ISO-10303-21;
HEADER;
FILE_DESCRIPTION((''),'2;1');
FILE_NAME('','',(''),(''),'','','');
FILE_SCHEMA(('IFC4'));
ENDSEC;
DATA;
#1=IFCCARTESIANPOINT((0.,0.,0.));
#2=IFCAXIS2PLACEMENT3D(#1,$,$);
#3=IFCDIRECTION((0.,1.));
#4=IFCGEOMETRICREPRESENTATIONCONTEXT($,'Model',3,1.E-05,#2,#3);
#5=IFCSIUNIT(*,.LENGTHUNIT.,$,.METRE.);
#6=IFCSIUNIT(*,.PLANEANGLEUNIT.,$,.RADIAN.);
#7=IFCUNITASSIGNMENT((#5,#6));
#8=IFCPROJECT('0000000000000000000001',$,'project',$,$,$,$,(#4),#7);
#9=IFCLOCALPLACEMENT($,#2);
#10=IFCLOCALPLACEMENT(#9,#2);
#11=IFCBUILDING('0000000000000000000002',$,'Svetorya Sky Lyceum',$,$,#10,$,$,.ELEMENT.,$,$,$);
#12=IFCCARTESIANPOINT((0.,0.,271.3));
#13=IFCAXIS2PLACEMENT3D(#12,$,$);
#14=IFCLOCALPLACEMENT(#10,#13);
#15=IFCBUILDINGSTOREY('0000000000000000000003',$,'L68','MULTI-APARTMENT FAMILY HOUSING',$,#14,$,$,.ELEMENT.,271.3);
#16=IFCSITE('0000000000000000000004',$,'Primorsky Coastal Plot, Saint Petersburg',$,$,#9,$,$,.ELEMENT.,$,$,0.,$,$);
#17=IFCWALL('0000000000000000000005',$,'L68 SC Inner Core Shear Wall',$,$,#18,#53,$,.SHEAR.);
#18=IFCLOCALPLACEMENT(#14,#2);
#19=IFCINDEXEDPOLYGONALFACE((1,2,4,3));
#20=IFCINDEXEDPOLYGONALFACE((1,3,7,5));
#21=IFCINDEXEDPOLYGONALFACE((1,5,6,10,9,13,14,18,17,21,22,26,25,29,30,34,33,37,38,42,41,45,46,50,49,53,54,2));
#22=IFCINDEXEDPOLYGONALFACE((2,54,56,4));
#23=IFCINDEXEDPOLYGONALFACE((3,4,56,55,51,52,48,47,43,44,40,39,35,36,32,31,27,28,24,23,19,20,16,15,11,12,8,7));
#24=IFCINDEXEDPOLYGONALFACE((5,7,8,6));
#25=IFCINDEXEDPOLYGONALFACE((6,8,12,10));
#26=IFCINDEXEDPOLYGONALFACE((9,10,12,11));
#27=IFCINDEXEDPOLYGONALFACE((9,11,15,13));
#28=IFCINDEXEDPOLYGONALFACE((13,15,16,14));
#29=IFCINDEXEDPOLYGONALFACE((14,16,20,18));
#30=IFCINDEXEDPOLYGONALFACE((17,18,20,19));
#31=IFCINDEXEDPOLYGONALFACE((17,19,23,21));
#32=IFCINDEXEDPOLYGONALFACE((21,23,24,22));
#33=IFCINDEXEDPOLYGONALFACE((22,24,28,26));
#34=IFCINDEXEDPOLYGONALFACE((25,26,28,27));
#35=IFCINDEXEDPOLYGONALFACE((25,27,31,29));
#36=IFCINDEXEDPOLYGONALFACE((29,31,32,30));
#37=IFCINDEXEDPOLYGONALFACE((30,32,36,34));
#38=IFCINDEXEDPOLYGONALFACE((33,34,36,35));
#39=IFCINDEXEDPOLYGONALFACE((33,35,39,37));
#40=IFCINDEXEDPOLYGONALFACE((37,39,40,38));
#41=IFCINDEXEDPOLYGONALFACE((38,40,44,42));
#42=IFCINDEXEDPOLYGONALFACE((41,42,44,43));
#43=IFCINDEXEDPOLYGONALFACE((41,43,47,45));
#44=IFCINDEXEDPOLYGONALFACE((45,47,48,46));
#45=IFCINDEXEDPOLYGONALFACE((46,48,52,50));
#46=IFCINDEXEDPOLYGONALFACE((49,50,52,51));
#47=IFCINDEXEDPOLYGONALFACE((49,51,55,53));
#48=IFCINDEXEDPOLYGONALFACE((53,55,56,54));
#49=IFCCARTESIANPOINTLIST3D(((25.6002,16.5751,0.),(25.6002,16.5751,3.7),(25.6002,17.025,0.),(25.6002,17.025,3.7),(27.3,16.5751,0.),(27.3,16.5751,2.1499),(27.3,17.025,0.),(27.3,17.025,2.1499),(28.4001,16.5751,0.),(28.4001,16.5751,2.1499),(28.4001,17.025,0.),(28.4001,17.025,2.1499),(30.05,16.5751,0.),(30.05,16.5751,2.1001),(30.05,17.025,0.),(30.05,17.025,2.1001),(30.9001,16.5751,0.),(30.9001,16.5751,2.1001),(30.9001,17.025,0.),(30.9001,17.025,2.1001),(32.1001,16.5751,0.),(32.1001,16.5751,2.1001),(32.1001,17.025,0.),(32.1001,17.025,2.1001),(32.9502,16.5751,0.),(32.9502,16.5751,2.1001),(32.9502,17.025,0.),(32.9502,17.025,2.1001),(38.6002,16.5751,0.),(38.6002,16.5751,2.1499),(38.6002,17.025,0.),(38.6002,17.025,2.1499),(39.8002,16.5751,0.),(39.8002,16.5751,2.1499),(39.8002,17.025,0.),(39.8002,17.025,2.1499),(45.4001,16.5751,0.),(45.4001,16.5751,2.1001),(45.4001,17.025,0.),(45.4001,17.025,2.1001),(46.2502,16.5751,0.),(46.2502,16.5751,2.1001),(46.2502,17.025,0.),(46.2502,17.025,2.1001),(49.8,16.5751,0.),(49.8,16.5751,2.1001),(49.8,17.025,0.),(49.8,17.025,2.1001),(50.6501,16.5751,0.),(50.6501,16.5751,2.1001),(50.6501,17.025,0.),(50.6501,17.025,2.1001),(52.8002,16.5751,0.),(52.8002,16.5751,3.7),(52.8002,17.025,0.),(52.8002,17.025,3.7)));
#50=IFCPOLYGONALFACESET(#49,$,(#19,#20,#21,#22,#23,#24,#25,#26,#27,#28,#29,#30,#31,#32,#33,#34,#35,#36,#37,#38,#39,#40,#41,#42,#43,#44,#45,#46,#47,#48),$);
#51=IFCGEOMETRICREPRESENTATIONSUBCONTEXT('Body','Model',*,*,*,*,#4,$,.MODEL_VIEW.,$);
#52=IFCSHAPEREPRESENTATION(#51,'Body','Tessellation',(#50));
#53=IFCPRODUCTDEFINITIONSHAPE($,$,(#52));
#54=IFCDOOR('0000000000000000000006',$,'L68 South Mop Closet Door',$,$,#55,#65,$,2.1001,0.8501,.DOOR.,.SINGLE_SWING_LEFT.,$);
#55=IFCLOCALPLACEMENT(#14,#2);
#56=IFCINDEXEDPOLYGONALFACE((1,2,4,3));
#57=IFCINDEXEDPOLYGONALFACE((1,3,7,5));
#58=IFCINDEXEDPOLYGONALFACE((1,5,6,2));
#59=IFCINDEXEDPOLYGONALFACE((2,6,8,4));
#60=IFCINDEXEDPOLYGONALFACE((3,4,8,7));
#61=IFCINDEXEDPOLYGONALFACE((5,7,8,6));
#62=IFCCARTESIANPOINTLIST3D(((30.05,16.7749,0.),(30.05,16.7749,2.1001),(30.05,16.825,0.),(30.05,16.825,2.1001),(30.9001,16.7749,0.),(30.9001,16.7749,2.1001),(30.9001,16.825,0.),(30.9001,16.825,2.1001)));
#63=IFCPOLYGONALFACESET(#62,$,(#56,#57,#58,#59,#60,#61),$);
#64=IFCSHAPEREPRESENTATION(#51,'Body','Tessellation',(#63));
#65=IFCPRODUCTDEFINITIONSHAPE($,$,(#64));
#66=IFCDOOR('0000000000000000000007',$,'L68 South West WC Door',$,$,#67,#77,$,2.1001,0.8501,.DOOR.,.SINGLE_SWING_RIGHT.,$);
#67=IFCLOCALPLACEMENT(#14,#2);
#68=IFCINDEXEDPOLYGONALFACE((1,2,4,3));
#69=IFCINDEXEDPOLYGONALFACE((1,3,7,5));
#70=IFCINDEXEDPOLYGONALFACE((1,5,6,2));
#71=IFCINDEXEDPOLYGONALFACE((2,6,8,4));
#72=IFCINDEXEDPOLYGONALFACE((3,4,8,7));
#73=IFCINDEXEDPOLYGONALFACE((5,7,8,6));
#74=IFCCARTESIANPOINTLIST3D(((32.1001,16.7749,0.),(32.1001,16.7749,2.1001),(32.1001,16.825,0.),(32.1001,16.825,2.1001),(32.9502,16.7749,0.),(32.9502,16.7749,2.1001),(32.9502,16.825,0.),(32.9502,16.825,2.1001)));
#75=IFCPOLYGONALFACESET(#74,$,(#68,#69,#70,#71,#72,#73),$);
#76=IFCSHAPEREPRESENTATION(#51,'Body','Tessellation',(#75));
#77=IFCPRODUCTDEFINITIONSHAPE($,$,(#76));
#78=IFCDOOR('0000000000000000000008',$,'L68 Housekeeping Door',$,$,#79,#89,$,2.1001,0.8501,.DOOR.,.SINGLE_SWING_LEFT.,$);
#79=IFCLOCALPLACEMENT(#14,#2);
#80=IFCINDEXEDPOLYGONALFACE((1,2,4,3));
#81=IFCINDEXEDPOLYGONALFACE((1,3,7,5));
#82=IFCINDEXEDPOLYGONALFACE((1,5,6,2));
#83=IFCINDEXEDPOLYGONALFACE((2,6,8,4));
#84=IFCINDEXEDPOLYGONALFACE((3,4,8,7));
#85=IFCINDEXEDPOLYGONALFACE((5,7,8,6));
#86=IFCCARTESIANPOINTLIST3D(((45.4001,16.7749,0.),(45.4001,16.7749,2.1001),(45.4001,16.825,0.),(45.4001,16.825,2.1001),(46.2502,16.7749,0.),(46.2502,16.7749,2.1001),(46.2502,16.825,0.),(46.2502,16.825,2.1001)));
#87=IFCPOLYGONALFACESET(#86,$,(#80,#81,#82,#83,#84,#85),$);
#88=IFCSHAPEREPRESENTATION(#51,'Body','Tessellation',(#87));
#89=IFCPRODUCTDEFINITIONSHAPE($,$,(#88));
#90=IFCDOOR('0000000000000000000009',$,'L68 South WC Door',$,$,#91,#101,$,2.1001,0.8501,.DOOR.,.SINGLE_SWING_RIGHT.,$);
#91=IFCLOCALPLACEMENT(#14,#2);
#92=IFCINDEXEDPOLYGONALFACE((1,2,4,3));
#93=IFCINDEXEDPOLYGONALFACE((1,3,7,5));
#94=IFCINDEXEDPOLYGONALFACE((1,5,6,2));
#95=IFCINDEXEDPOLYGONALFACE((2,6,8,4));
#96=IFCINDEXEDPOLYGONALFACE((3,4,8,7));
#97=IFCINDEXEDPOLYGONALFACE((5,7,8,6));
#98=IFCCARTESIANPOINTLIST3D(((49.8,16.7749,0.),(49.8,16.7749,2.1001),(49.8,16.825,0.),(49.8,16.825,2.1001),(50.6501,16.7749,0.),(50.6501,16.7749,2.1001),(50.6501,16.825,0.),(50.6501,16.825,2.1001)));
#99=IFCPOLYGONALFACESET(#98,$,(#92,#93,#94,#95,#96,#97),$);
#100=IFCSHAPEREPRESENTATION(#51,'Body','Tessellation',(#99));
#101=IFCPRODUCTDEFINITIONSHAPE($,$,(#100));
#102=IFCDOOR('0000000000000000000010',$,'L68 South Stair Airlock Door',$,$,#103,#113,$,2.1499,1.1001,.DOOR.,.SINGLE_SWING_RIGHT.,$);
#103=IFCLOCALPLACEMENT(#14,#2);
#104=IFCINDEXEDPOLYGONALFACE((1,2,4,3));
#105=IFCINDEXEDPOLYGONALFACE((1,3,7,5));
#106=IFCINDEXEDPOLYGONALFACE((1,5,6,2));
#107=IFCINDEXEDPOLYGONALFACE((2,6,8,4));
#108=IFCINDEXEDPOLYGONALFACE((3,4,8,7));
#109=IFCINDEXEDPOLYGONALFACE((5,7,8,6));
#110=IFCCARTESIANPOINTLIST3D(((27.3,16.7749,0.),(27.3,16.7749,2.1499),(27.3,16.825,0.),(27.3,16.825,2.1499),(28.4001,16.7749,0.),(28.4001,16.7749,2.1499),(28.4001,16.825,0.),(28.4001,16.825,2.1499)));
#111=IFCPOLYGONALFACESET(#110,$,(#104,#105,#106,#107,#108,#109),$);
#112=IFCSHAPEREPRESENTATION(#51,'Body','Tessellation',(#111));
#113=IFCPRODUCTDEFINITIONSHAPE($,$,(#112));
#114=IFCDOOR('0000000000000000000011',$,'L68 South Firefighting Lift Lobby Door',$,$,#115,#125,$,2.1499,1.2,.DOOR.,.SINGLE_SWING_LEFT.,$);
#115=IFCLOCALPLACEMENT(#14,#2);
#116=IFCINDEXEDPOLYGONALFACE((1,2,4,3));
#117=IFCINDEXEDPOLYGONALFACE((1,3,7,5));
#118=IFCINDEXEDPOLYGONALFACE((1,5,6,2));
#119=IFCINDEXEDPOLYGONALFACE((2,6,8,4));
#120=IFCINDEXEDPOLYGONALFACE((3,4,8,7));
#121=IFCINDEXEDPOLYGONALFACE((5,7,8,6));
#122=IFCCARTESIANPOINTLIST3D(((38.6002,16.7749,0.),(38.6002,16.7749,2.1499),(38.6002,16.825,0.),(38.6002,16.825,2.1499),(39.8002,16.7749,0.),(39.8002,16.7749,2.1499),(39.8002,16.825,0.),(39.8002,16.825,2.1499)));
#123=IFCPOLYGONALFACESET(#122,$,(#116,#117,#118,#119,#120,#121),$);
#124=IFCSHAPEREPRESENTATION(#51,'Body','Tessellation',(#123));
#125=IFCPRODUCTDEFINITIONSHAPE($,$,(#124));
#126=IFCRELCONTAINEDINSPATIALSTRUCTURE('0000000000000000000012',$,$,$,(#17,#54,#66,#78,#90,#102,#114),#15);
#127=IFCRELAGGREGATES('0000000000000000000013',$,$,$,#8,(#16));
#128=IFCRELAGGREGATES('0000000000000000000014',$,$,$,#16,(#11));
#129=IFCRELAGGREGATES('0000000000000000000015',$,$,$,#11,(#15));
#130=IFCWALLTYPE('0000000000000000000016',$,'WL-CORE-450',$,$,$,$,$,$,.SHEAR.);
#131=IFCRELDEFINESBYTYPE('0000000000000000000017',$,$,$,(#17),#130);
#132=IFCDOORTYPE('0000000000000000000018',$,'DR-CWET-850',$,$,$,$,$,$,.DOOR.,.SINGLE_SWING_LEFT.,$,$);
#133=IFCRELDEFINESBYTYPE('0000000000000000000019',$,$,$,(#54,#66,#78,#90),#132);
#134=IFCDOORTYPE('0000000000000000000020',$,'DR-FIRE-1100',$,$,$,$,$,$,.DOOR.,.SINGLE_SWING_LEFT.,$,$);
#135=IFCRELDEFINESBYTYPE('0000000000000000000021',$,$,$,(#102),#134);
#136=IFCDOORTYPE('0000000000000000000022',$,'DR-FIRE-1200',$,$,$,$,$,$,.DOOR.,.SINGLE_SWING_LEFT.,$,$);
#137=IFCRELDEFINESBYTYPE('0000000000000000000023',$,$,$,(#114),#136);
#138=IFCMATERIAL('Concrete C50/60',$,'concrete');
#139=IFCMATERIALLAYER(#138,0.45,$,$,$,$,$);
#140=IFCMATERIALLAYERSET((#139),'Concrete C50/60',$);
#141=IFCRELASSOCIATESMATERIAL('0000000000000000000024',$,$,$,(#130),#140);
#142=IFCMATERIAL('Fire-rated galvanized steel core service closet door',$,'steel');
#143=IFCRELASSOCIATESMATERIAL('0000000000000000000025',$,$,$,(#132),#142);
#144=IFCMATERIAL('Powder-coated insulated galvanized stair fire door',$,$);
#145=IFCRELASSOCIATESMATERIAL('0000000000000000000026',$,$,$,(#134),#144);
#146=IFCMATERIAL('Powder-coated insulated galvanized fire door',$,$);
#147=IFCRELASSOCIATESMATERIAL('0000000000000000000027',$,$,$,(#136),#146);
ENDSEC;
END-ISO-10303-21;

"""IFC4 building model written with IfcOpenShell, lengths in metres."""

from ifc_helpers import new_model, si_unit, direction, frame, frame_2d, origin, place, context, subcontext, project, spatial, rectangle, extrude, material, layer, layer_set, type_object, element, fill, save


model = new_model("IFC4")

# Units and contexts
model_context = context("Model", 3, precision=1e-05, world=origin(), true_north=direction((0.0, 1.0)))
body_context = subcontext(model_context, "Body", "Model", "MODEL_VIEW")
ifc_project = project(units=[si_unit("LENGTHUNIT", "METRE"), si_unit("PLANEANGLEUNIT", "RADIAN")], contexts=[model_context])

# Site, building, storey
site_placement = place(None, origin())
site = spatial("IfcSite", under=ifc_project, at=site_placement, Name="Primorsky Coastal Plot, Saint Petersburg", CompositionType="ELEMENT", RefElevation=0.0)
building_placement = place(site_placement, origin())
building = spatial("IfcBuilding", under=site, at=building_placement, Name="Svetorya Sky Lyceum", CompositionType="ELEMENT")
storey_placement = place(building_placement, frame((0.0, 0.0, 271.3)))
storey = spatial("IfcBuildingStorey", under=building, at=storey_placement, Name="L68", Description="MULTI-APARTMENT FAMILY HOUSING", CompositionType="ELEMENT", Elevation=271.3)

# Wall, openings, doors
ifc_material_1 = material(Name="Concrete C50/60", Category="concrete")
ifc_layer_1 = layer(ifc_material_1, 0.45)
ifc_layer_set_1 = layer_set([ifc_layer_1], Name="Concrete C50/60")
wall_type_1 = type_object("IfcWallType", Name="WL-CORE-450", PredefinedType="SHEAR", material=ifc_layer_set_1)
wall_1_placement = place(storey_placement, frame((25.6001, 16.8, 0.0), z_axis=(0.0, 0.0, 1.0), x_axis=(1.0, 0.0, 0.0)))
wall_1 = element("IfcWall", 1, at=wall_1_placement, inside=storey, type_object=wall_type_1, Name="L68 SC Inner Core Shear Wall", PredefinedType="SHEAR", context=body_context, shape_type="SweptSolid", body=[
    extrude(rectangle(XDim=27.2, YDim=0.45, at=frame_2d((13.6001, 0.0))), origin(), (0.0, 0.0, 1.0), 3.7),
])
opening_1_placement = place(wall_1_placement, frame((1.7, 0.0, 0.0)))
opening_1 = element("IfcOpeningElement", 2, at=opening_1_placement, cuts=wall_1, PredefinedType="OPENING", context=body_context, shape_type="SweptSolid", body=[
    extrude(rectangle(XDim=1.1001, YDim=2.1499, at=frame_2d((0.55, 1.075))), frame((0.0, 0.2349, 0.0), z_axis=(0.0, -1.0, 0.0), x_axis=(1.0, 0.0, 0.0)), (0.0, 0.0, 1.0), 0.47),
])
opening_2_placement = place(wall_1_placement, frame((4.45, 0.0, 0.0)))
opening_2 = element("IfcOpeningElement", 3, at=opening_2_placement, cuts=wall_1, PredefinedType="OPENING", context=body_context, shape_type="SweptSolid", body=[
    extrude(rectangle(XDim=0.8501, YDim=2.1001, at=frame_2d((0.425, 1.05))), frame((0.0, 0.2349, 0.0), z_axis=(0.0, -1.0, 0.0), x_axis=(1.0, 0.0, 0.0)), (0.0, 0.0, 1.0), 0.47),
])
opening_3_placement = place(wall_1_placement, frame((6.5, 0.0, 0.0)))
opening_3 = element("IfcOpeningElement", 4, at=opening_3_placement, cuts=wall_1, PredefinedType="OPENING", context=body_context, shape_type="SweptSolid", body=[
    extrude(rectangle(XDim=0.8501, YDim=2.1001, at=frame_2d((0.425, 1.05))), frame((0.0, 0.2349, 0.0), z_axis=(0.0, -1.0, 0.0), x_axis=(1.0, 0.0, 0.0)), (0.0, 0.0, 1.0), 0.47),
])
opening_4_placement = place(wall_1_placement, frame((13.0, 0.0, 0.0)))
opening_4 = element("IfcOpeningElement", 5, at=opening_4_placement, cuts=wall_1, PredefinedType="OPENING", context=body_context, shape_type="SweptSolid", body=[
    extrude(rectangle(XDim=1.2, YDim=2.1499, at=frame_2d((0.6001, 1.075))), frame((0.0, 0.2349, 0.0), z_axis=(0.0, -1.0, 0.0), x_axis=(1.0, 0.0, 0.0)), (0.0, 0.0, 1.0), 0.47),
])
opening_5_placement = place(wall_1_placement, frame((19.8, 0.0, 0.0)))
opening_5 = element("IfcOpeningElement", 6, at=opening_5_placement, cuts=wall_1, PredefinedType="OPENING", context=body_context, shape_type="SweptSolid", body=[
    extrude(rectangle(XDim=0.8501, YDim=2.1001, at=frame_2d((0.425, 1.05))), frame((0.0, 0.2349, 0.0), z_axis=(0.0, -1.0, 0.0), x_axis=(1.0, 0.0, 0.0)), (0.0, 0.0, 1.0), 0.47),
])
opening_6_placement = place(wall_1_placement, frame((24.2, 0.0, 0.0)))
opening_6 = element("IfcOpeningElement", 7, at=opening_6_placement, cuts=wall_1, PredefinedType="OPENING", context=body_context, shape_type="SweptSolid", body=[
    extrude(rectangle(XDim=0.8501, YDim=2.1001, at=frame_2d((0.425, 1.05))), frame((0.0, 0.2349, 0.0), z_axis=(0.0, -1.0, 0.0), x_axis=(1.0, 0.0, 0.0)), (0.0, 0.0, 1.0), 0.47),
])
ifc_material_2 = material(Name="Fire-rated galvanized steel core service closet door", Category="steel")
door_type_1 = type_object("IfcDoorType", Name="DR-CWET-850", OperationType="SINGLE_SWING_LEFT", PredefinedType="DOOR", material=ifc_material_2)
door_1_placement = place(opening_2_placement, origin())
door_1 = element("IfcDoor", 8, at=door_1_placement, inside=storey, type_object=door_type_1, Name="L68 South Mop Closet Door", OperationType="SINGLE_SWING_LEFT", OverallHeight=2.1001, OverallWidth=0.8501, PredefinedType="DOOR", context=body_context, shape_type="SweptSolid", body=[
    extrude(rectangle(XDim=0.8501, YDim=2.1001, at=frame_2d((0.425, 1.05))), frame((0.0, 0.0249, 0.0), z_axis=(0.0, -1.0, 0.0), x_axis=(1.0, 0.0, 0.0)), (0.0, 0.0, 1.0), 0.05),
])
fill(opening_2, door_1)
door_2_placement = place(opening_3_placement, origin())
door_2 = element("IfcDoor", 9, at=door_2_placement, inside=storey, type_object=door_type_1, Name="L68 South West WC Door", OperationType="SINGLE_SWING_RIGHT", OverallHeight=2.1001, OverallWidth=0.8501, PredefinedType="DOOR", context=body_context, shape_type="SweptSolid", body=[
    extrude(rectangle(XDim=0.8501, YDim=2.1001, at=frame_2d((0.425, 1.05))), frame((0.0, 0.0249, 0.0), z_axis=(0.0, -1.0, 0.0), x_axis=(1.0, 0.0, 0.0)), (0.0, 0.0, 1.0), 0.05),
])
fill(opening_3, door_2)
door_3_placement = place(opening_5_placement, origin())
door_3 = element("IfcDoor", 10, at=door_3_placement, inside=storey, type_object=door_type_1, Name="L68 Housekeeping Door", OperationType="SINGLE_SWING_LEFT", OverallHeight=2.1001, OverallWidth=0.8501, PredefinedType="DOOR", context=body_context, shape_type="SweptSolid", body=[
    extrude(rectangle(XDim=0.8501, YDim=2.1001, at=frame_2d((0.425, 1.05))), frame((0.0, 0.0249, 0.0), z_axis=(0.0, -1.0, 0.0), x_axis=(1.0, 0.0, 0.0)), (0.0, 0.0, 1.0), 0.05),
])
fill(opening_5, door_3)
door_4_placement = place(opening_6_placement, origin())
door_4 = element("IfcDoor", 11, at=door_4_placement, inside=storey, type_object=door_type_1, Name="L68 South WC Door", OperationType="SINGLE_SWING_RIGHT", OverallHeight=2.1001, OverallWidth=0.8501, PredefinedType="DOOR", context=body_context, shape_type="SweptSolid", body=[
    extrude(rectangle(XDim=0.8501, YDim=2.1001, at=frame_2d((0.425, 1.05))), frame((0.0, 0.0249, 0.0), z_axis=(0.0, -1.0, 0.0), x_axis=(1.0, 0.0, 0.0)), (0.0, 0.0, 1.0), 0.05),
])
fill(opening_6, door_4)
ifc_material_3 = material(Name="Powder-coated insulated galvanized stair fire door")
door_type_2 = type_object("IfcDoorType", Name="DR-FIRE-1100", OperationType="SINGLE_SWING_LEFT", PredefinedType="DOOR", material=ifc_material_3)
door_5_placement = place(opening_1_placement, origin())
door_5 = element("IfcDoor", 12, at=door_5_placement, inside=storey, type_object=door_type_2, Name="L68 South Stair Airlock Door", OperationType="SINGLE_SWING_RIGHT", OverallHeight=2.1499, OverallWidth=1.1001, PredefinedType="DOOR", context=body_context, shape_type="SweptSolid", body=[
    extrude(rectangle(XDim=1.1001, YDim=2.1499, at=frame_2d((0.55, 1.075))), frame((0.0, 0.0249, 0.0), z_axis=(0.0, -1.0, 0.0), x_axis=(1.0, 0.0, 0.0)), (0.0, 0.0, 1.0), 0.05),
])
fill(opening_1, door_5)
ifc_material_4 = material(Name="Powder-coated insulated galvanized fire door")
door_type_3 = type_object("IfcDoorType", Name="DR-FIRE-1200", OperationType="SINGLE_SWING_LEFT", PredefinedType="DOOR", material=ifc_material_4)
door_6_placement = place(opening_4_placement, origin())
door_6 = element("IfcDoor", 13, at=door_6_placement, inside=storey, type_object=door_type_3, Name="L68 South Firefighting Lift Lobby Door", OperationType="SINGLE_SWING_LEFT", OverallHeight=2.1499, OverallWidth=1.2, PredefinedType="DOOR", context=body_context, shape_type="SweptSolid", body=[
    extrude(rectangle(XDim=1.2, YDim=2.1499, at=frame_2d((0.6001, 1.075))), frame((0.0, 0.0249, 0.0), z_axis=(0.0, -1.0, 0.0), x_axis=(1.0, 0.0, 0.0)), (0.0, 0.0, 1.0), 0.05),
])
fill(opening_4, door_6)

save(model, "model.ifc")
